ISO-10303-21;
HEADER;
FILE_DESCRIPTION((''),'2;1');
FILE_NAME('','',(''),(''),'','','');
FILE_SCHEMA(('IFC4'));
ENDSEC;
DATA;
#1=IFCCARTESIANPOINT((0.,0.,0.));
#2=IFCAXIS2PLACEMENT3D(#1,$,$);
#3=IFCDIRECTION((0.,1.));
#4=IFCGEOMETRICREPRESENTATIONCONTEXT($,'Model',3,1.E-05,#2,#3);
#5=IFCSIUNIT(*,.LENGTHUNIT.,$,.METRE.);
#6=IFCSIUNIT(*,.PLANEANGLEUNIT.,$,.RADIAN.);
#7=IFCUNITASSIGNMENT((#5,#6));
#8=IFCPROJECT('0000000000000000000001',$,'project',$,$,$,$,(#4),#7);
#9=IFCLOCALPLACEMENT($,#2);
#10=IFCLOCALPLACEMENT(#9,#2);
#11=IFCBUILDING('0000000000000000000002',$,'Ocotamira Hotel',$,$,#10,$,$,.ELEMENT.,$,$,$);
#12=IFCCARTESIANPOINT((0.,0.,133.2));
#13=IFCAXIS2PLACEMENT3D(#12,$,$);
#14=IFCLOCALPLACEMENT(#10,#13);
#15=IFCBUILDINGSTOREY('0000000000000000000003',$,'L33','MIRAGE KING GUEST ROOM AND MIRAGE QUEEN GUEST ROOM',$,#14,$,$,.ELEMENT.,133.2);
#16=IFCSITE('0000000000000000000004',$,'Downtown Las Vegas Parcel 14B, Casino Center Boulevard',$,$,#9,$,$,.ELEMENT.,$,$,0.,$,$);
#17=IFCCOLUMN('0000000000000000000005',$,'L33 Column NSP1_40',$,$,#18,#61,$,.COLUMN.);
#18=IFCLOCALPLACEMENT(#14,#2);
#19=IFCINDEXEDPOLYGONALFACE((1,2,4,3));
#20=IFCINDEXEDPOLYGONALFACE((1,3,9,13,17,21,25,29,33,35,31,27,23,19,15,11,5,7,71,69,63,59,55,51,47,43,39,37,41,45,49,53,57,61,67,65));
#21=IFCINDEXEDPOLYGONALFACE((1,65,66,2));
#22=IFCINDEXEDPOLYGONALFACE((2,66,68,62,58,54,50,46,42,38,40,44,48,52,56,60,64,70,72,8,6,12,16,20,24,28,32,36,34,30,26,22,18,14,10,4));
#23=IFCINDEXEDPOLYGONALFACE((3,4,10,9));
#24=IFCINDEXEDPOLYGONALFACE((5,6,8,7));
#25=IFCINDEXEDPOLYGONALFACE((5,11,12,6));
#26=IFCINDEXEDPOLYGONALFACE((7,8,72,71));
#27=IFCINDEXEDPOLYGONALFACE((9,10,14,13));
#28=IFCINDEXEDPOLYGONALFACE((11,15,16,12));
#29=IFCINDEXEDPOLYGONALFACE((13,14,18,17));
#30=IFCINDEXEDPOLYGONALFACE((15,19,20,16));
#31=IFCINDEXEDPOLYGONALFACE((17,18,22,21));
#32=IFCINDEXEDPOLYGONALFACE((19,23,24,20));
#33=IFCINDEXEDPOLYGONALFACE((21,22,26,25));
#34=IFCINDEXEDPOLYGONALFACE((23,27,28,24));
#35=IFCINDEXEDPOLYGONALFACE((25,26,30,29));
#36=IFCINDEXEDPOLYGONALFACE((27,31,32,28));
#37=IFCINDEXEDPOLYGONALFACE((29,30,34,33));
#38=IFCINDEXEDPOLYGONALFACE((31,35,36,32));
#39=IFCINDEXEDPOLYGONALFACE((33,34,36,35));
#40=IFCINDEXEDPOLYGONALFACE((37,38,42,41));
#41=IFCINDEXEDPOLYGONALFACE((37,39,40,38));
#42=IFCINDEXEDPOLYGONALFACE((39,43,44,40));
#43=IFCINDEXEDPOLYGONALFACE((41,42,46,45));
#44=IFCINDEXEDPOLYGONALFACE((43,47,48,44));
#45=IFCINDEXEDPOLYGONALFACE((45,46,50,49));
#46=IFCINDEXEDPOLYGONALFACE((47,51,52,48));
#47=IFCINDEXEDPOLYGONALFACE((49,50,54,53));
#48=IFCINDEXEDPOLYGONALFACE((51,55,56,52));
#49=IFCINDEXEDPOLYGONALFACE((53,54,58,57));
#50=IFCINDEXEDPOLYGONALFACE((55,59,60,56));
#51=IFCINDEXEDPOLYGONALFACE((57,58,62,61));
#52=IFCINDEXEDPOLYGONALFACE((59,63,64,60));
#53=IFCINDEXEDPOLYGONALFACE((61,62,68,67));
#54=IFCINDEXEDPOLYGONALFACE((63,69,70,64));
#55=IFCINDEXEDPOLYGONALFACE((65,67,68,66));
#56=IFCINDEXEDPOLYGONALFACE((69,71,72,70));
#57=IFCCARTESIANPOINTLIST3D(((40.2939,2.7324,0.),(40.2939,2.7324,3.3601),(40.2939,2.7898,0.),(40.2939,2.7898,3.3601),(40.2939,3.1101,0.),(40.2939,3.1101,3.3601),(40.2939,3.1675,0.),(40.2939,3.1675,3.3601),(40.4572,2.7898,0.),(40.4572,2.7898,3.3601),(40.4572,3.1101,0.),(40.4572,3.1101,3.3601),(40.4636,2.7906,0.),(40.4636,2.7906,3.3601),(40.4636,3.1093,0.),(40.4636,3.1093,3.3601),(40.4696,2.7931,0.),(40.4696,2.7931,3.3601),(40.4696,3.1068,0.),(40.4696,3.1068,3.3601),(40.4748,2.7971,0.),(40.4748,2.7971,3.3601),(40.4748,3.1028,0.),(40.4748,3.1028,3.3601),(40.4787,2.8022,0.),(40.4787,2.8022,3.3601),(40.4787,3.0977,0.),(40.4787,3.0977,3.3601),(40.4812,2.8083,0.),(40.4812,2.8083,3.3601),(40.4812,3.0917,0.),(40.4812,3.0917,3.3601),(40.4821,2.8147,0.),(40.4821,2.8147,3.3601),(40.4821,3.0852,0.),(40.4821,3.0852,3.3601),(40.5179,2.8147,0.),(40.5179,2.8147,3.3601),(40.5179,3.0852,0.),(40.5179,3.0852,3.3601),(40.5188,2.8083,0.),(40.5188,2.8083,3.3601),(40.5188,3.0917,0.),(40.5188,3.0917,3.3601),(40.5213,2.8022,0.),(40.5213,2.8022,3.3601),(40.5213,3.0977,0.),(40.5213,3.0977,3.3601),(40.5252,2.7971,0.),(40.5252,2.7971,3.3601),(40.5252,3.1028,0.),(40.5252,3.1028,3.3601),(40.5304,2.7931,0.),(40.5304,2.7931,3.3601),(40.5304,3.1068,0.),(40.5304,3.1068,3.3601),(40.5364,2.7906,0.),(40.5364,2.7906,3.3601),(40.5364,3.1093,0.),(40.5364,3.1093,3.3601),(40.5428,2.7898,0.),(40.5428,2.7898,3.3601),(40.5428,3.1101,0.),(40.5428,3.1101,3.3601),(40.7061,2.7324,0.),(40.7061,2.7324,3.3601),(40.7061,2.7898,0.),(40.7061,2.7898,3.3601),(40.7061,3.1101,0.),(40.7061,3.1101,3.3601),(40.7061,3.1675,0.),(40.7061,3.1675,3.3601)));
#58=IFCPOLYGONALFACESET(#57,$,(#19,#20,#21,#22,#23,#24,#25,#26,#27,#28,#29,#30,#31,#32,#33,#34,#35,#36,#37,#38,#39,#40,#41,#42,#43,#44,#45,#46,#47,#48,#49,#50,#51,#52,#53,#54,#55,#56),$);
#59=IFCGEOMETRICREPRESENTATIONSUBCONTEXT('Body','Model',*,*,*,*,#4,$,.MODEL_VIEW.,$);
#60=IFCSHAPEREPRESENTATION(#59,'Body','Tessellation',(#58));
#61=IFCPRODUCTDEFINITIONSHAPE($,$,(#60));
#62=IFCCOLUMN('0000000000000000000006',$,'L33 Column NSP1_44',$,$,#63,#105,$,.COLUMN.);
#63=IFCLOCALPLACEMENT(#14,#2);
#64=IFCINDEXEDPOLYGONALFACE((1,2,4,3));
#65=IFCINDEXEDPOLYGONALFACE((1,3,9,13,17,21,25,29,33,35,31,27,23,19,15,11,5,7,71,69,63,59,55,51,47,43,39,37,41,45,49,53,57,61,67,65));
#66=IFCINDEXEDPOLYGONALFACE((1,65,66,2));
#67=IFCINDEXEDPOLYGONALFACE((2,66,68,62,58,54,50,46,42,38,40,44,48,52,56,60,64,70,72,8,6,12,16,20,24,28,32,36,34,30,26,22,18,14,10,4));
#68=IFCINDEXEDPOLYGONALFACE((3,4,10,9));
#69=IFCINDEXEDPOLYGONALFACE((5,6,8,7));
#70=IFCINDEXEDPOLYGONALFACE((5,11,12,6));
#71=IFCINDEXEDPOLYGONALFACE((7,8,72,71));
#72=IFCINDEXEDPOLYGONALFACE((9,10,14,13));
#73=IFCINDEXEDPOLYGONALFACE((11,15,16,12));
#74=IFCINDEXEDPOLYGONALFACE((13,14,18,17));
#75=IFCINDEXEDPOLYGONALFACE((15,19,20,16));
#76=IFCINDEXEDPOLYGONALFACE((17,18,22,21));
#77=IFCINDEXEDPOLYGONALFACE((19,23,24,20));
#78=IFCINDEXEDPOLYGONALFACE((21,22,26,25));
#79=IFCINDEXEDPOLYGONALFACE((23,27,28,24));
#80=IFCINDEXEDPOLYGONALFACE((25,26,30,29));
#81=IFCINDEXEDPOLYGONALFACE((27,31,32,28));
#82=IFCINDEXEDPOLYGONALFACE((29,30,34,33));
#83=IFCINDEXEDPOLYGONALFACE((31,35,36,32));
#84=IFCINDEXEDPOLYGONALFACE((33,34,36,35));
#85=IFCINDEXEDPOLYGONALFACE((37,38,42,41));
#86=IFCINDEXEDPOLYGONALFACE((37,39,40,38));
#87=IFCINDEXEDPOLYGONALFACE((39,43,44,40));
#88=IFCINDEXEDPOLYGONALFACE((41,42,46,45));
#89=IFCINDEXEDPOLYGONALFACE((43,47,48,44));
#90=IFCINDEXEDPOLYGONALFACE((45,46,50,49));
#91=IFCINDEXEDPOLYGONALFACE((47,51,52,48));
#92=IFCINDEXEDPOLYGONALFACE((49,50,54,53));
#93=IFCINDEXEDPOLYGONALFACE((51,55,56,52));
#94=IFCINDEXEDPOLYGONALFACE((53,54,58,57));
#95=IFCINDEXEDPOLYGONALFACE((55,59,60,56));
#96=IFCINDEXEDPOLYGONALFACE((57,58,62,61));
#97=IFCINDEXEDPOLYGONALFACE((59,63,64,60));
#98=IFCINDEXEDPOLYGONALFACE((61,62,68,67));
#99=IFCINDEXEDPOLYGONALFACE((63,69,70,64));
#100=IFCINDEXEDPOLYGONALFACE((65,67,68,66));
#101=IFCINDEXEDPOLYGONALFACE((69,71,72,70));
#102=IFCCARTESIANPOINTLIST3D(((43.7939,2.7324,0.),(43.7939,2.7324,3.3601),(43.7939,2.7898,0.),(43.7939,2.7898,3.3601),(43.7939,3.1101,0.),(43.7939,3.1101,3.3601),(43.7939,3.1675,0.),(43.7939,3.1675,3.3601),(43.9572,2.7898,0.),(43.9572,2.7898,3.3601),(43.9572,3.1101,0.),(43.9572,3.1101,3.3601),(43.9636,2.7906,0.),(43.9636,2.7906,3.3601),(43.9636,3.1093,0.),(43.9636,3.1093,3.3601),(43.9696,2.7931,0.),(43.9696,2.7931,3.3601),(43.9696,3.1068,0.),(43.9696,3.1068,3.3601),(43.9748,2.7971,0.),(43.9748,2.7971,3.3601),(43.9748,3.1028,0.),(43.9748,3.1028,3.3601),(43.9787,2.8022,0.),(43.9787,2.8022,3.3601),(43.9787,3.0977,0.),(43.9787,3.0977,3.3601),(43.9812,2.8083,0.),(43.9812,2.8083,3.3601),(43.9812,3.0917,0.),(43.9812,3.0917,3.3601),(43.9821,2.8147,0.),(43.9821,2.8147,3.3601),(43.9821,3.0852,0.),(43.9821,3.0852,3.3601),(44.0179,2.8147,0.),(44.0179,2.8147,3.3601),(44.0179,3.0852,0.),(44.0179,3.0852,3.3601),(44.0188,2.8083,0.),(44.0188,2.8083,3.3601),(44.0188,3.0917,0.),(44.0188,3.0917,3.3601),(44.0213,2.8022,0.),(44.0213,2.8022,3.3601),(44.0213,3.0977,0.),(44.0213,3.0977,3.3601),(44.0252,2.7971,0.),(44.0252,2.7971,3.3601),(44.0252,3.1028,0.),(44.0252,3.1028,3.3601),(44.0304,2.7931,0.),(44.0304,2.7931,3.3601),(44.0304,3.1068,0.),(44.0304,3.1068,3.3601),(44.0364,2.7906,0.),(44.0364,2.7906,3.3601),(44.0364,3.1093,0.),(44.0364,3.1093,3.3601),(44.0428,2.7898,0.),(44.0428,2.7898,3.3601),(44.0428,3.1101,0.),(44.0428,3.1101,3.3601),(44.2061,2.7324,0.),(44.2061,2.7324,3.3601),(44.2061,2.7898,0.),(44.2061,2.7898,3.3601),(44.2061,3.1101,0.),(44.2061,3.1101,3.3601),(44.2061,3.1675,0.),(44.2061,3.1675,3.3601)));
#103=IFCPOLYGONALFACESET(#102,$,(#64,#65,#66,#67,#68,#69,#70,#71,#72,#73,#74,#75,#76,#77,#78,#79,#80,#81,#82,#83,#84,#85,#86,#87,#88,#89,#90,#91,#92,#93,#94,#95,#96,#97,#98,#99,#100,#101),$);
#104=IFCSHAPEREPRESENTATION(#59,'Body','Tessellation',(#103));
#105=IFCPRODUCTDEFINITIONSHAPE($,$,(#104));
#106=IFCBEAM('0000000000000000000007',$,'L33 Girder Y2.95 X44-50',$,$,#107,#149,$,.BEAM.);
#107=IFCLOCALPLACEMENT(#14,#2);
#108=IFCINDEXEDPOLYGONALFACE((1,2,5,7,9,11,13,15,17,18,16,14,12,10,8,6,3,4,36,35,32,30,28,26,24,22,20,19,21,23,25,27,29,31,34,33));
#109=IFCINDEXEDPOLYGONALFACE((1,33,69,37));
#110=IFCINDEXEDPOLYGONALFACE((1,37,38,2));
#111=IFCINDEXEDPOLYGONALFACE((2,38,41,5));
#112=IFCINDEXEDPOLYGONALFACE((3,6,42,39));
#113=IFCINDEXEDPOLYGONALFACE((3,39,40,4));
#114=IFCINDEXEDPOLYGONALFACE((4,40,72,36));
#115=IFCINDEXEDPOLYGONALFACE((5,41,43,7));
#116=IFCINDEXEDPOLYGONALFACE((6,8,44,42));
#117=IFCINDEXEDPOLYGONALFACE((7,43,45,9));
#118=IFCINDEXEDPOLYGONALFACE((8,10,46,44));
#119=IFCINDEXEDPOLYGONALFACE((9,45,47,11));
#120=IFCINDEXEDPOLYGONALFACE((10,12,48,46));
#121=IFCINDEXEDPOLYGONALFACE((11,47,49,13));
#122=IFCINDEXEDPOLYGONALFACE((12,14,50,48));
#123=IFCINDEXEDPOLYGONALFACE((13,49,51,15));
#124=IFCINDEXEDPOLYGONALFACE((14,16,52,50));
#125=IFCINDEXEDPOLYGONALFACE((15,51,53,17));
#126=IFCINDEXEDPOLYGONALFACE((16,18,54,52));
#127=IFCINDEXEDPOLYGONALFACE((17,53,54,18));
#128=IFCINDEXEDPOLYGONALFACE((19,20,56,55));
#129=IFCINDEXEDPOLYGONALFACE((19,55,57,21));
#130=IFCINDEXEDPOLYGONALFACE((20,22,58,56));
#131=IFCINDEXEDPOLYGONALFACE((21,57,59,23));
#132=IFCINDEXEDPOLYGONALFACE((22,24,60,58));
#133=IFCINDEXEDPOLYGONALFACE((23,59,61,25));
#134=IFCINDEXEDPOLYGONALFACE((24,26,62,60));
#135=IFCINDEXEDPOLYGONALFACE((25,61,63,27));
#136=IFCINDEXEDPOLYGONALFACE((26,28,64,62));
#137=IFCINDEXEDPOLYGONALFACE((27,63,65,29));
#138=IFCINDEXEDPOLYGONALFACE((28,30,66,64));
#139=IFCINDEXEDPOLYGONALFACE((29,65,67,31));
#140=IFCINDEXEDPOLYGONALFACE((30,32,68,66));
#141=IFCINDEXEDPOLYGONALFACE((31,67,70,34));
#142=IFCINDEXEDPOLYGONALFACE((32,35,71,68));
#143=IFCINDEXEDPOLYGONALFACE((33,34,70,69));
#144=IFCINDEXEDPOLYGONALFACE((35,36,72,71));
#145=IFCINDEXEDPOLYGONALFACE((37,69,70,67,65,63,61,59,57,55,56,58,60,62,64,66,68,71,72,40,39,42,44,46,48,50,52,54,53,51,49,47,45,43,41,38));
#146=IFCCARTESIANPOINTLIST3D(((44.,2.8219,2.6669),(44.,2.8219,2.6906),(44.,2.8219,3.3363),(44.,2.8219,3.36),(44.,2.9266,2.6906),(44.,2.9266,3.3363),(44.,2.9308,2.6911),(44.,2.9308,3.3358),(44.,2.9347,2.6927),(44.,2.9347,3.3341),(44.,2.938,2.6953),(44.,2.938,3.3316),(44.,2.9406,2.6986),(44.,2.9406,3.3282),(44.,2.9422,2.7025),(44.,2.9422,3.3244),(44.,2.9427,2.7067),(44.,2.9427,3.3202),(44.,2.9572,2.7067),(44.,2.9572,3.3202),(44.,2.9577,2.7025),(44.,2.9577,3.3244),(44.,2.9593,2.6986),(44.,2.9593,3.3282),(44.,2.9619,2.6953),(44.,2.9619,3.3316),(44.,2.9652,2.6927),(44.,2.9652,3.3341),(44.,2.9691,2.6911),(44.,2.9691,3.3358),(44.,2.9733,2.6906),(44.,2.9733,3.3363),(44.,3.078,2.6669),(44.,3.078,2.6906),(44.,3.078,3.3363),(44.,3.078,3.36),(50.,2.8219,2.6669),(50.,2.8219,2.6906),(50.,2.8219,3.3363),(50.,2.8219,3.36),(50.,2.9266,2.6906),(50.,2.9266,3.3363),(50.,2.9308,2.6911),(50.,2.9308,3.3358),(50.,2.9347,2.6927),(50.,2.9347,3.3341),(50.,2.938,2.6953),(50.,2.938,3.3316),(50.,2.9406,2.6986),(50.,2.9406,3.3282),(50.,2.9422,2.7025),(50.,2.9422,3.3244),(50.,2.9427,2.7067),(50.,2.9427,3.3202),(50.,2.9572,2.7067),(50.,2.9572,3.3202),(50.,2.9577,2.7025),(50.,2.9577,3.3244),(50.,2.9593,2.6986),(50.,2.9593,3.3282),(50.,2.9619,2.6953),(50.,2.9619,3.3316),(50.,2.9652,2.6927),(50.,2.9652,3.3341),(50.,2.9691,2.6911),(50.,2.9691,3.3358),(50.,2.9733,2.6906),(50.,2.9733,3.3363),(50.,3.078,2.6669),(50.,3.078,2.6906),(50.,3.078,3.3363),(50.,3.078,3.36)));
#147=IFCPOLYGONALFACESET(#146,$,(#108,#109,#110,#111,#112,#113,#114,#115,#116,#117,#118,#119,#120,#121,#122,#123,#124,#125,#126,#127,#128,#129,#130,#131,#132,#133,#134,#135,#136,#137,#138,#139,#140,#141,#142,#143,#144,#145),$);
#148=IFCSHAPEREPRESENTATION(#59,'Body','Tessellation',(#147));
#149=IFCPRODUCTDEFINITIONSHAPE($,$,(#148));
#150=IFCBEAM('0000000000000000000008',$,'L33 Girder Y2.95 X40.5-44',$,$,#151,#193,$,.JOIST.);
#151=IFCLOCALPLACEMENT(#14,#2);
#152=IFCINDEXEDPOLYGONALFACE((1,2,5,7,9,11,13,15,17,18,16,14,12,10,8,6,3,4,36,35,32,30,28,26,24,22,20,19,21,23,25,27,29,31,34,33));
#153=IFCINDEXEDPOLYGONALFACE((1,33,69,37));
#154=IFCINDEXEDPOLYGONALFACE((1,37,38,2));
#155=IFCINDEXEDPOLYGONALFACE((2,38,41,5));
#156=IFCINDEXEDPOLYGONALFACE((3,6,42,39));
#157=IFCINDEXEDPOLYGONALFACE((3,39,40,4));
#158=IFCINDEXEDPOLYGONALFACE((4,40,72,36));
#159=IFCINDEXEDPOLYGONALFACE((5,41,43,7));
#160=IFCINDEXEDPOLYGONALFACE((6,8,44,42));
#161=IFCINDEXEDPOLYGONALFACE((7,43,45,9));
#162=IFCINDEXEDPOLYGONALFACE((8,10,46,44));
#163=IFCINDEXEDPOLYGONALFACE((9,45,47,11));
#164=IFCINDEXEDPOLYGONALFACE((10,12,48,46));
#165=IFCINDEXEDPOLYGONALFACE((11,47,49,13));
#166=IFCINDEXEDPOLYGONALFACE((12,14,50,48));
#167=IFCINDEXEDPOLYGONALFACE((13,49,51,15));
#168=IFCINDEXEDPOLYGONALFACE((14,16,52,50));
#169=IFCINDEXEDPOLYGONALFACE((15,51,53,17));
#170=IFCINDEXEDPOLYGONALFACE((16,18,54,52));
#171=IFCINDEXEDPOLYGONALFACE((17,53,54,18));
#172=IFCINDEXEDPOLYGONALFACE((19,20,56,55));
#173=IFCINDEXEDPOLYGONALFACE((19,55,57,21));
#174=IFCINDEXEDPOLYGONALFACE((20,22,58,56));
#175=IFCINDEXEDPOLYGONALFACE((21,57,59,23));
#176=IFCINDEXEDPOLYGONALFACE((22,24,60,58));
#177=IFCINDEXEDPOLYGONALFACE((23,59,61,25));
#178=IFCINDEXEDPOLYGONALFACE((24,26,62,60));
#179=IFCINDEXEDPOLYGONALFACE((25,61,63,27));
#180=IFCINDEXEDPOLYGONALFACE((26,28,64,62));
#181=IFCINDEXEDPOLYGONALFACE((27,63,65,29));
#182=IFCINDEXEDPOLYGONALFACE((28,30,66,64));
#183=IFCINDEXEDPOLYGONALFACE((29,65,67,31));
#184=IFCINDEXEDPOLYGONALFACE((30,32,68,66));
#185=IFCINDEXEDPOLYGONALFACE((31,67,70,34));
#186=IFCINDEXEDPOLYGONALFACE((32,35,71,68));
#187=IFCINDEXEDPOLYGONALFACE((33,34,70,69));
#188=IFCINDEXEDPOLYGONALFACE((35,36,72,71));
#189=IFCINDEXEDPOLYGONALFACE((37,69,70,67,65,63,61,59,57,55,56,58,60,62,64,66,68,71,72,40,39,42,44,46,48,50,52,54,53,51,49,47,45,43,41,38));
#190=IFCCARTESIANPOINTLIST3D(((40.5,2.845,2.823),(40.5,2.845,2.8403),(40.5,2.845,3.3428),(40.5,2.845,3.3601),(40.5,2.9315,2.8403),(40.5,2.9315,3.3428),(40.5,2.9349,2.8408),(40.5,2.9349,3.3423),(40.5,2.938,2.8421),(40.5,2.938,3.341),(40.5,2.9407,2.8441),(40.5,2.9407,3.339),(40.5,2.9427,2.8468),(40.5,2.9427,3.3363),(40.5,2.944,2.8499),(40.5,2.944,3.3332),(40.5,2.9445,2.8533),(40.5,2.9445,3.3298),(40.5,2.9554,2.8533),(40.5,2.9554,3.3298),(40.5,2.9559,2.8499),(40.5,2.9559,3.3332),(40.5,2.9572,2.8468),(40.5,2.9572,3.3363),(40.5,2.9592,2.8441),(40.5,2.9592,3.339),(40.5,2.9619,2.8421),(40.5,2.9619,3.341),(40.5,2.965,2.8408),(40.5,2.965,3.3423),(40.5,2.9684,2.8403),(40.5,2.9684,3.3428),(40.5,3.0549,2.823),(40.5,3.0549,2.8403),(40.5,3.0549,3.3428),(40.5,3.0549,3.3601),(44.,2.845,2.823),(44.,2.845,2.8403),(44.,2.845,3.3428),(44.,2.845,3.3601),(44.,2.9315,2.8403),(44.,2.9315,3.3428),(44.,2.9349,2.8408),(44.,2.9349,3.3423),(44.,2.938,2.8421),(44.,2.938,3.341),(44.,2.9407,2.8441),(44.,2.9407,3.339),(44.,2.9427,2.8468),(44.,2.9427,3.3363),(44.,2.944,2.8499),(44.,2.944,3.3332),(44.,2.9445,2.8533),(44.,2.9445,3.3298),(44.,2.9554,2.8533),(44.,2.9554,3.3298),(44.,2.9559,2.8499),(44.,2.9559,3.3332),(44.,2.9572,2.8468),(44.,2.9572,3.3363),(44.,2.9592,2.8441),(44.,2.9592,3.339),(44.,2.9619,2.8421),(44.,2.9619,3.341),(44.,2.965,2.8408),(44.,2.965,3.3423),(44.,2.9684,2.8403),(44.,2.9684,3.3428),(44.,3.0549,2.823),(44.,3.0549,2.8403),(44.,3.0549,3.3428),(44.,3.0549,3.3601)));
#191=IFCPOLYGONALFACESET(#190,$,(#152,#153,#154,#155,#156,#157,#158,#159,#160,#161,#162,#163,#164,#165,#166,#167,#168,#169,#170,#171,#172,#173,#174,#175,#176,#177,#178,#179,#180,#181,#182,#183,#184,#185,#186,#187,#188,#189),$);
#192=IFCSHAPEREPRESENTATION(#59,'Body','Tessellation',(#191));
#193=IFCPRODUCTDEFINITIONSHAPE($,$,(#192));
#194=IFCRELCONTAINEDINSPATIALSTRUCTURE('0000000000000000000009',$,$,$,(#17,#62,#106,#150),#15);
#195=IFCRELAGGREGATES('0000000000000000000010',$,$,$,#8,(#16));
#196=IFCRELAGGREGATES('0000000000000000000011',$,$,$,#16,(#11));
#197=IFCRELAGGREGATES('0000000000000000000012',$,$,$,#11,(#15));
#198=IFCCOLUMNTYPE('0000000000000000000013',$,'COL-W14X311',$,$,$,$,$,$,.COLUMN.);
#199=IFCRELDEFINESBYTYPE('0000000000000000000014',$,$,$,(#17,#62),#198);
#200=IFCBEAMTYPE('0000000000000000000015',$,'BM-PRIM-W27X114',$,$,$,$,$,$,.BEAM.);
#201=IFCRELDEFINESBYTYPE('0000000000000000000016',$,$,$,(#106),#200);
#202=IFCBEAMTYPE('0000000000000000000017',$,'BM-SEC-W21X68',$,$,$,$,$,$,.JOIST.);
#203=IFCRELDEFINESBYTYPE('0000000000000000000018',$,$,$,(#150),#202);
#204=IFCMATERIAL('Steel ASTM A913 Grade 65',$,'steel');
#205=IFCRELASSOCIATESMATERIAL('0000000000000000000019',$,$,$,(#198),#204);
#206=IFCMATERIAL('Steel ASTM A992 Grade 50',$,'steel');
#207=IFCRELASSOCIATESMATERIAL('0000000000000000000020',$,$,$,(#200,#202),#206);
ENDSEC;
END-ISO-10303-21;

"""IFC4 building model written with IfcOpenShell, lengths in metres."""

from ifc_helpers import new_model, si_unit, direction, frame, origin, origin_2d, place, context, subcontext, project, spatial, i_section, extrude, source, transform, mapped, material, material_profile, profile_set, type_object, element, save


model = new_model("IFC4")

# Units and contexts
model_context = context("Model", 3, precision=1e-05, world=origin(), true_north=direction((0.0, 1.0)))
body_context = subcontext(model_context, "Body", "Model", "MODEL_VIEW")
ifc_project = project(units=[si_unit("LENGTHUNIT", "METRE"), si_unit("PLANEANGLEUNIT", "RADIAN")], contexts=[model_context])

# Site, building, storey
site_placement = place(None, origin())
site = spatial("IfcSite", under=ifc_project, at=site_placement, Name="Downtown Las Vegas Parcel 14B, Casino Center Boulevard", CompositionType="ELEMENT", RefElevation=0.0)
building_placement = place(site_placement, origin())
building = spatial("IfcBuilding", under=site, at=building_placement, Name="Ocotamira Hotel", CompositionType="ELEMENT")
storey_placement = place(building_placement, frame((0.0, 0.0, 133.2)))
storey = spatial("IfcBuildingStorey", under=building, at=storey_placement, Name="L33", Description="MIRAGE KING GUEST ROOM AND MIRAGE QUEEN GUEST ROOM", CompositionType="ELEMENT", Elevation=133.2)

# Columns
ifc_material_1 = material(Name="Steel ASTM A913 Grade 65", Category="steel")
ifc_material_profile_1 = material_profile(ifc_material_1, i_section(OverallWidth=0.4121, OverallDepth=0.4351, WebThickness=0.0359, FlangeThickness=0.0574, FilletRadius=0.0249, at=origin_2d()), Name="W14X311")
ifc_profile_set_1 = profile_set([ifc_material_profile_1], Name="Steel ASTM A913 Grade 65")
column_type = type_object("IfcColumnType", Name="COL-W14X311", PredefinedType="COLUMN", material=ifc_profile_set_1)
shared_shape_1 = source(origin(), body_context, "Body", "SweptSolid", [
    extrude(i_section(OverallWidth=0.4121, OverallDepth=0.4351, WebThickness=0.0359, FlangeThickness=0.0574, FilletRadius=0.0249, at=origin_2d()), origin(), (0.0, 0.0, 1.0), 3.3601),
])
for number, where, z_axis, x_axis, name in (
    (1, (40.5, 2.95, 0.0), (0.0, 0.0, 1.0), (1.0, 0.0, 0.0), "L33 Column NSP1_40"),
    (2, (44.0, 2.95, 0.0), (0.0, 0.0, 1.0), (1.0, 0.0, 0.0), "L33 Column NSP1_44"),
):
    element("IfcColumn", number, at=place(storey_placement, frame(where, z_axis=z_axis, x_axis=x_axis)), inside=storey, type_object=column_type, Name=name, PredefinedType="COLUMN", context=body_context, shape_type="MappedRepresentation", body=[
        mapped(shared_shape_1, transform((0.0, 0.0, 0.0), scale=1.0)),
    ])

# Beams
ifc_material_2 = material(Name="Steel ASTM A992 Grade 50", Category="steel")
ifc_material_profile_2 = material_profile(ifc_material_2, i_section(OverallWidth=0.2561, OverallDepth=0.6931, WebThickness=0.0144, FlangeThickness=0.0237, FilletRadius=0.0161, at=origin_2d()), Name="W27X114")
ifc_profile_set_2 = profile_set([ifc_material_profile_2], Name="Steel ASTM A992 Grade 50")
beam_type_1 = type_object("IfcBeamType", Name="BM-PRIM-W27X114", PredefinedType="BEAM", material=ifc_profile_set_2)
shared_shape_2 = source(origin(), body_context, "Body", "SweptSolid", [
    extrude(i_section(OverallWidth=0.2561, OverallDepth=0.6931, WebThickness=0.0144, FlangeThickness=0.0237, FilletRadius=0.0161, at=origin_2d()), origin(), (0.0, 0.0, 1.0), 6.0),
])
beam_1_placement = place(storey_placement, frame((44.0, 2.95, 3.0134), z_axis=(1.0, 0.0, 0.0), x_axis=(0.0, 1.0, 0.0)))
element("IfcBeam", 3, at=beam_1_placement, inside=storey, type_object=beam_type_1, Name="L33 Girder Y2.95 X44-50", PredefinedType="BEAM", context=body_context, shape_type="MappedRepresentation", body=[
    mapped(shared_shape_2, transform((0.0, 0.0, 0.0), scale=1.0)),
])
ifc_material_profile_3 = material_profile(ifc_material_2, i_section(OverallWidth=0.21, OverallDepth=0.5371, WebThickness=0.011, FlangeThickness=0.0173, FilletRadius=0.0129, at=origin_2d()), Name="W21X68")
ifc_profile_set_3 = profile_set([ifc_material_profile_3], Name="Steel ASTM A992 Grade 50")
beam_type_2 = type_object("IfcBeamType", Name="BM-SEC-W21X68", PredefinedType="JOIST", material=ifc_profile_set_3)
shared_shape_3 = source(origin(), body_context, "Body", "SweptSolid", [
    extrude(i_section(OverallWidth=0.21, OverallDepth=0.5371, WebThickness=0.011, FlangeThickness=0.0173, FilletRadius=0.0129, at=origin_2d()), origin(), (0.0, 0.0, 1.0), 3.5),
])
beam_2_placement = place(storey_placement, frame((40.5, 2.95, 3.0916), z_axis=(1.0, 0.0, 0.0), x_axis=(0.0, 1.0, 0.0)))
element("IfcBeam", 4, at=beam_2_placement, inside=storey, type_object=beam_type_2, Name="L33 Girder Y2.95 X40.5-44", PredefinedType="JOIST", context=body_context, shape_type="MappedRepresentation", body=[
    mapped(shared_shape_3, transform((0.0, 0.0, 0.0), scale=1.0)),
])

save(model, "model.ifc")
